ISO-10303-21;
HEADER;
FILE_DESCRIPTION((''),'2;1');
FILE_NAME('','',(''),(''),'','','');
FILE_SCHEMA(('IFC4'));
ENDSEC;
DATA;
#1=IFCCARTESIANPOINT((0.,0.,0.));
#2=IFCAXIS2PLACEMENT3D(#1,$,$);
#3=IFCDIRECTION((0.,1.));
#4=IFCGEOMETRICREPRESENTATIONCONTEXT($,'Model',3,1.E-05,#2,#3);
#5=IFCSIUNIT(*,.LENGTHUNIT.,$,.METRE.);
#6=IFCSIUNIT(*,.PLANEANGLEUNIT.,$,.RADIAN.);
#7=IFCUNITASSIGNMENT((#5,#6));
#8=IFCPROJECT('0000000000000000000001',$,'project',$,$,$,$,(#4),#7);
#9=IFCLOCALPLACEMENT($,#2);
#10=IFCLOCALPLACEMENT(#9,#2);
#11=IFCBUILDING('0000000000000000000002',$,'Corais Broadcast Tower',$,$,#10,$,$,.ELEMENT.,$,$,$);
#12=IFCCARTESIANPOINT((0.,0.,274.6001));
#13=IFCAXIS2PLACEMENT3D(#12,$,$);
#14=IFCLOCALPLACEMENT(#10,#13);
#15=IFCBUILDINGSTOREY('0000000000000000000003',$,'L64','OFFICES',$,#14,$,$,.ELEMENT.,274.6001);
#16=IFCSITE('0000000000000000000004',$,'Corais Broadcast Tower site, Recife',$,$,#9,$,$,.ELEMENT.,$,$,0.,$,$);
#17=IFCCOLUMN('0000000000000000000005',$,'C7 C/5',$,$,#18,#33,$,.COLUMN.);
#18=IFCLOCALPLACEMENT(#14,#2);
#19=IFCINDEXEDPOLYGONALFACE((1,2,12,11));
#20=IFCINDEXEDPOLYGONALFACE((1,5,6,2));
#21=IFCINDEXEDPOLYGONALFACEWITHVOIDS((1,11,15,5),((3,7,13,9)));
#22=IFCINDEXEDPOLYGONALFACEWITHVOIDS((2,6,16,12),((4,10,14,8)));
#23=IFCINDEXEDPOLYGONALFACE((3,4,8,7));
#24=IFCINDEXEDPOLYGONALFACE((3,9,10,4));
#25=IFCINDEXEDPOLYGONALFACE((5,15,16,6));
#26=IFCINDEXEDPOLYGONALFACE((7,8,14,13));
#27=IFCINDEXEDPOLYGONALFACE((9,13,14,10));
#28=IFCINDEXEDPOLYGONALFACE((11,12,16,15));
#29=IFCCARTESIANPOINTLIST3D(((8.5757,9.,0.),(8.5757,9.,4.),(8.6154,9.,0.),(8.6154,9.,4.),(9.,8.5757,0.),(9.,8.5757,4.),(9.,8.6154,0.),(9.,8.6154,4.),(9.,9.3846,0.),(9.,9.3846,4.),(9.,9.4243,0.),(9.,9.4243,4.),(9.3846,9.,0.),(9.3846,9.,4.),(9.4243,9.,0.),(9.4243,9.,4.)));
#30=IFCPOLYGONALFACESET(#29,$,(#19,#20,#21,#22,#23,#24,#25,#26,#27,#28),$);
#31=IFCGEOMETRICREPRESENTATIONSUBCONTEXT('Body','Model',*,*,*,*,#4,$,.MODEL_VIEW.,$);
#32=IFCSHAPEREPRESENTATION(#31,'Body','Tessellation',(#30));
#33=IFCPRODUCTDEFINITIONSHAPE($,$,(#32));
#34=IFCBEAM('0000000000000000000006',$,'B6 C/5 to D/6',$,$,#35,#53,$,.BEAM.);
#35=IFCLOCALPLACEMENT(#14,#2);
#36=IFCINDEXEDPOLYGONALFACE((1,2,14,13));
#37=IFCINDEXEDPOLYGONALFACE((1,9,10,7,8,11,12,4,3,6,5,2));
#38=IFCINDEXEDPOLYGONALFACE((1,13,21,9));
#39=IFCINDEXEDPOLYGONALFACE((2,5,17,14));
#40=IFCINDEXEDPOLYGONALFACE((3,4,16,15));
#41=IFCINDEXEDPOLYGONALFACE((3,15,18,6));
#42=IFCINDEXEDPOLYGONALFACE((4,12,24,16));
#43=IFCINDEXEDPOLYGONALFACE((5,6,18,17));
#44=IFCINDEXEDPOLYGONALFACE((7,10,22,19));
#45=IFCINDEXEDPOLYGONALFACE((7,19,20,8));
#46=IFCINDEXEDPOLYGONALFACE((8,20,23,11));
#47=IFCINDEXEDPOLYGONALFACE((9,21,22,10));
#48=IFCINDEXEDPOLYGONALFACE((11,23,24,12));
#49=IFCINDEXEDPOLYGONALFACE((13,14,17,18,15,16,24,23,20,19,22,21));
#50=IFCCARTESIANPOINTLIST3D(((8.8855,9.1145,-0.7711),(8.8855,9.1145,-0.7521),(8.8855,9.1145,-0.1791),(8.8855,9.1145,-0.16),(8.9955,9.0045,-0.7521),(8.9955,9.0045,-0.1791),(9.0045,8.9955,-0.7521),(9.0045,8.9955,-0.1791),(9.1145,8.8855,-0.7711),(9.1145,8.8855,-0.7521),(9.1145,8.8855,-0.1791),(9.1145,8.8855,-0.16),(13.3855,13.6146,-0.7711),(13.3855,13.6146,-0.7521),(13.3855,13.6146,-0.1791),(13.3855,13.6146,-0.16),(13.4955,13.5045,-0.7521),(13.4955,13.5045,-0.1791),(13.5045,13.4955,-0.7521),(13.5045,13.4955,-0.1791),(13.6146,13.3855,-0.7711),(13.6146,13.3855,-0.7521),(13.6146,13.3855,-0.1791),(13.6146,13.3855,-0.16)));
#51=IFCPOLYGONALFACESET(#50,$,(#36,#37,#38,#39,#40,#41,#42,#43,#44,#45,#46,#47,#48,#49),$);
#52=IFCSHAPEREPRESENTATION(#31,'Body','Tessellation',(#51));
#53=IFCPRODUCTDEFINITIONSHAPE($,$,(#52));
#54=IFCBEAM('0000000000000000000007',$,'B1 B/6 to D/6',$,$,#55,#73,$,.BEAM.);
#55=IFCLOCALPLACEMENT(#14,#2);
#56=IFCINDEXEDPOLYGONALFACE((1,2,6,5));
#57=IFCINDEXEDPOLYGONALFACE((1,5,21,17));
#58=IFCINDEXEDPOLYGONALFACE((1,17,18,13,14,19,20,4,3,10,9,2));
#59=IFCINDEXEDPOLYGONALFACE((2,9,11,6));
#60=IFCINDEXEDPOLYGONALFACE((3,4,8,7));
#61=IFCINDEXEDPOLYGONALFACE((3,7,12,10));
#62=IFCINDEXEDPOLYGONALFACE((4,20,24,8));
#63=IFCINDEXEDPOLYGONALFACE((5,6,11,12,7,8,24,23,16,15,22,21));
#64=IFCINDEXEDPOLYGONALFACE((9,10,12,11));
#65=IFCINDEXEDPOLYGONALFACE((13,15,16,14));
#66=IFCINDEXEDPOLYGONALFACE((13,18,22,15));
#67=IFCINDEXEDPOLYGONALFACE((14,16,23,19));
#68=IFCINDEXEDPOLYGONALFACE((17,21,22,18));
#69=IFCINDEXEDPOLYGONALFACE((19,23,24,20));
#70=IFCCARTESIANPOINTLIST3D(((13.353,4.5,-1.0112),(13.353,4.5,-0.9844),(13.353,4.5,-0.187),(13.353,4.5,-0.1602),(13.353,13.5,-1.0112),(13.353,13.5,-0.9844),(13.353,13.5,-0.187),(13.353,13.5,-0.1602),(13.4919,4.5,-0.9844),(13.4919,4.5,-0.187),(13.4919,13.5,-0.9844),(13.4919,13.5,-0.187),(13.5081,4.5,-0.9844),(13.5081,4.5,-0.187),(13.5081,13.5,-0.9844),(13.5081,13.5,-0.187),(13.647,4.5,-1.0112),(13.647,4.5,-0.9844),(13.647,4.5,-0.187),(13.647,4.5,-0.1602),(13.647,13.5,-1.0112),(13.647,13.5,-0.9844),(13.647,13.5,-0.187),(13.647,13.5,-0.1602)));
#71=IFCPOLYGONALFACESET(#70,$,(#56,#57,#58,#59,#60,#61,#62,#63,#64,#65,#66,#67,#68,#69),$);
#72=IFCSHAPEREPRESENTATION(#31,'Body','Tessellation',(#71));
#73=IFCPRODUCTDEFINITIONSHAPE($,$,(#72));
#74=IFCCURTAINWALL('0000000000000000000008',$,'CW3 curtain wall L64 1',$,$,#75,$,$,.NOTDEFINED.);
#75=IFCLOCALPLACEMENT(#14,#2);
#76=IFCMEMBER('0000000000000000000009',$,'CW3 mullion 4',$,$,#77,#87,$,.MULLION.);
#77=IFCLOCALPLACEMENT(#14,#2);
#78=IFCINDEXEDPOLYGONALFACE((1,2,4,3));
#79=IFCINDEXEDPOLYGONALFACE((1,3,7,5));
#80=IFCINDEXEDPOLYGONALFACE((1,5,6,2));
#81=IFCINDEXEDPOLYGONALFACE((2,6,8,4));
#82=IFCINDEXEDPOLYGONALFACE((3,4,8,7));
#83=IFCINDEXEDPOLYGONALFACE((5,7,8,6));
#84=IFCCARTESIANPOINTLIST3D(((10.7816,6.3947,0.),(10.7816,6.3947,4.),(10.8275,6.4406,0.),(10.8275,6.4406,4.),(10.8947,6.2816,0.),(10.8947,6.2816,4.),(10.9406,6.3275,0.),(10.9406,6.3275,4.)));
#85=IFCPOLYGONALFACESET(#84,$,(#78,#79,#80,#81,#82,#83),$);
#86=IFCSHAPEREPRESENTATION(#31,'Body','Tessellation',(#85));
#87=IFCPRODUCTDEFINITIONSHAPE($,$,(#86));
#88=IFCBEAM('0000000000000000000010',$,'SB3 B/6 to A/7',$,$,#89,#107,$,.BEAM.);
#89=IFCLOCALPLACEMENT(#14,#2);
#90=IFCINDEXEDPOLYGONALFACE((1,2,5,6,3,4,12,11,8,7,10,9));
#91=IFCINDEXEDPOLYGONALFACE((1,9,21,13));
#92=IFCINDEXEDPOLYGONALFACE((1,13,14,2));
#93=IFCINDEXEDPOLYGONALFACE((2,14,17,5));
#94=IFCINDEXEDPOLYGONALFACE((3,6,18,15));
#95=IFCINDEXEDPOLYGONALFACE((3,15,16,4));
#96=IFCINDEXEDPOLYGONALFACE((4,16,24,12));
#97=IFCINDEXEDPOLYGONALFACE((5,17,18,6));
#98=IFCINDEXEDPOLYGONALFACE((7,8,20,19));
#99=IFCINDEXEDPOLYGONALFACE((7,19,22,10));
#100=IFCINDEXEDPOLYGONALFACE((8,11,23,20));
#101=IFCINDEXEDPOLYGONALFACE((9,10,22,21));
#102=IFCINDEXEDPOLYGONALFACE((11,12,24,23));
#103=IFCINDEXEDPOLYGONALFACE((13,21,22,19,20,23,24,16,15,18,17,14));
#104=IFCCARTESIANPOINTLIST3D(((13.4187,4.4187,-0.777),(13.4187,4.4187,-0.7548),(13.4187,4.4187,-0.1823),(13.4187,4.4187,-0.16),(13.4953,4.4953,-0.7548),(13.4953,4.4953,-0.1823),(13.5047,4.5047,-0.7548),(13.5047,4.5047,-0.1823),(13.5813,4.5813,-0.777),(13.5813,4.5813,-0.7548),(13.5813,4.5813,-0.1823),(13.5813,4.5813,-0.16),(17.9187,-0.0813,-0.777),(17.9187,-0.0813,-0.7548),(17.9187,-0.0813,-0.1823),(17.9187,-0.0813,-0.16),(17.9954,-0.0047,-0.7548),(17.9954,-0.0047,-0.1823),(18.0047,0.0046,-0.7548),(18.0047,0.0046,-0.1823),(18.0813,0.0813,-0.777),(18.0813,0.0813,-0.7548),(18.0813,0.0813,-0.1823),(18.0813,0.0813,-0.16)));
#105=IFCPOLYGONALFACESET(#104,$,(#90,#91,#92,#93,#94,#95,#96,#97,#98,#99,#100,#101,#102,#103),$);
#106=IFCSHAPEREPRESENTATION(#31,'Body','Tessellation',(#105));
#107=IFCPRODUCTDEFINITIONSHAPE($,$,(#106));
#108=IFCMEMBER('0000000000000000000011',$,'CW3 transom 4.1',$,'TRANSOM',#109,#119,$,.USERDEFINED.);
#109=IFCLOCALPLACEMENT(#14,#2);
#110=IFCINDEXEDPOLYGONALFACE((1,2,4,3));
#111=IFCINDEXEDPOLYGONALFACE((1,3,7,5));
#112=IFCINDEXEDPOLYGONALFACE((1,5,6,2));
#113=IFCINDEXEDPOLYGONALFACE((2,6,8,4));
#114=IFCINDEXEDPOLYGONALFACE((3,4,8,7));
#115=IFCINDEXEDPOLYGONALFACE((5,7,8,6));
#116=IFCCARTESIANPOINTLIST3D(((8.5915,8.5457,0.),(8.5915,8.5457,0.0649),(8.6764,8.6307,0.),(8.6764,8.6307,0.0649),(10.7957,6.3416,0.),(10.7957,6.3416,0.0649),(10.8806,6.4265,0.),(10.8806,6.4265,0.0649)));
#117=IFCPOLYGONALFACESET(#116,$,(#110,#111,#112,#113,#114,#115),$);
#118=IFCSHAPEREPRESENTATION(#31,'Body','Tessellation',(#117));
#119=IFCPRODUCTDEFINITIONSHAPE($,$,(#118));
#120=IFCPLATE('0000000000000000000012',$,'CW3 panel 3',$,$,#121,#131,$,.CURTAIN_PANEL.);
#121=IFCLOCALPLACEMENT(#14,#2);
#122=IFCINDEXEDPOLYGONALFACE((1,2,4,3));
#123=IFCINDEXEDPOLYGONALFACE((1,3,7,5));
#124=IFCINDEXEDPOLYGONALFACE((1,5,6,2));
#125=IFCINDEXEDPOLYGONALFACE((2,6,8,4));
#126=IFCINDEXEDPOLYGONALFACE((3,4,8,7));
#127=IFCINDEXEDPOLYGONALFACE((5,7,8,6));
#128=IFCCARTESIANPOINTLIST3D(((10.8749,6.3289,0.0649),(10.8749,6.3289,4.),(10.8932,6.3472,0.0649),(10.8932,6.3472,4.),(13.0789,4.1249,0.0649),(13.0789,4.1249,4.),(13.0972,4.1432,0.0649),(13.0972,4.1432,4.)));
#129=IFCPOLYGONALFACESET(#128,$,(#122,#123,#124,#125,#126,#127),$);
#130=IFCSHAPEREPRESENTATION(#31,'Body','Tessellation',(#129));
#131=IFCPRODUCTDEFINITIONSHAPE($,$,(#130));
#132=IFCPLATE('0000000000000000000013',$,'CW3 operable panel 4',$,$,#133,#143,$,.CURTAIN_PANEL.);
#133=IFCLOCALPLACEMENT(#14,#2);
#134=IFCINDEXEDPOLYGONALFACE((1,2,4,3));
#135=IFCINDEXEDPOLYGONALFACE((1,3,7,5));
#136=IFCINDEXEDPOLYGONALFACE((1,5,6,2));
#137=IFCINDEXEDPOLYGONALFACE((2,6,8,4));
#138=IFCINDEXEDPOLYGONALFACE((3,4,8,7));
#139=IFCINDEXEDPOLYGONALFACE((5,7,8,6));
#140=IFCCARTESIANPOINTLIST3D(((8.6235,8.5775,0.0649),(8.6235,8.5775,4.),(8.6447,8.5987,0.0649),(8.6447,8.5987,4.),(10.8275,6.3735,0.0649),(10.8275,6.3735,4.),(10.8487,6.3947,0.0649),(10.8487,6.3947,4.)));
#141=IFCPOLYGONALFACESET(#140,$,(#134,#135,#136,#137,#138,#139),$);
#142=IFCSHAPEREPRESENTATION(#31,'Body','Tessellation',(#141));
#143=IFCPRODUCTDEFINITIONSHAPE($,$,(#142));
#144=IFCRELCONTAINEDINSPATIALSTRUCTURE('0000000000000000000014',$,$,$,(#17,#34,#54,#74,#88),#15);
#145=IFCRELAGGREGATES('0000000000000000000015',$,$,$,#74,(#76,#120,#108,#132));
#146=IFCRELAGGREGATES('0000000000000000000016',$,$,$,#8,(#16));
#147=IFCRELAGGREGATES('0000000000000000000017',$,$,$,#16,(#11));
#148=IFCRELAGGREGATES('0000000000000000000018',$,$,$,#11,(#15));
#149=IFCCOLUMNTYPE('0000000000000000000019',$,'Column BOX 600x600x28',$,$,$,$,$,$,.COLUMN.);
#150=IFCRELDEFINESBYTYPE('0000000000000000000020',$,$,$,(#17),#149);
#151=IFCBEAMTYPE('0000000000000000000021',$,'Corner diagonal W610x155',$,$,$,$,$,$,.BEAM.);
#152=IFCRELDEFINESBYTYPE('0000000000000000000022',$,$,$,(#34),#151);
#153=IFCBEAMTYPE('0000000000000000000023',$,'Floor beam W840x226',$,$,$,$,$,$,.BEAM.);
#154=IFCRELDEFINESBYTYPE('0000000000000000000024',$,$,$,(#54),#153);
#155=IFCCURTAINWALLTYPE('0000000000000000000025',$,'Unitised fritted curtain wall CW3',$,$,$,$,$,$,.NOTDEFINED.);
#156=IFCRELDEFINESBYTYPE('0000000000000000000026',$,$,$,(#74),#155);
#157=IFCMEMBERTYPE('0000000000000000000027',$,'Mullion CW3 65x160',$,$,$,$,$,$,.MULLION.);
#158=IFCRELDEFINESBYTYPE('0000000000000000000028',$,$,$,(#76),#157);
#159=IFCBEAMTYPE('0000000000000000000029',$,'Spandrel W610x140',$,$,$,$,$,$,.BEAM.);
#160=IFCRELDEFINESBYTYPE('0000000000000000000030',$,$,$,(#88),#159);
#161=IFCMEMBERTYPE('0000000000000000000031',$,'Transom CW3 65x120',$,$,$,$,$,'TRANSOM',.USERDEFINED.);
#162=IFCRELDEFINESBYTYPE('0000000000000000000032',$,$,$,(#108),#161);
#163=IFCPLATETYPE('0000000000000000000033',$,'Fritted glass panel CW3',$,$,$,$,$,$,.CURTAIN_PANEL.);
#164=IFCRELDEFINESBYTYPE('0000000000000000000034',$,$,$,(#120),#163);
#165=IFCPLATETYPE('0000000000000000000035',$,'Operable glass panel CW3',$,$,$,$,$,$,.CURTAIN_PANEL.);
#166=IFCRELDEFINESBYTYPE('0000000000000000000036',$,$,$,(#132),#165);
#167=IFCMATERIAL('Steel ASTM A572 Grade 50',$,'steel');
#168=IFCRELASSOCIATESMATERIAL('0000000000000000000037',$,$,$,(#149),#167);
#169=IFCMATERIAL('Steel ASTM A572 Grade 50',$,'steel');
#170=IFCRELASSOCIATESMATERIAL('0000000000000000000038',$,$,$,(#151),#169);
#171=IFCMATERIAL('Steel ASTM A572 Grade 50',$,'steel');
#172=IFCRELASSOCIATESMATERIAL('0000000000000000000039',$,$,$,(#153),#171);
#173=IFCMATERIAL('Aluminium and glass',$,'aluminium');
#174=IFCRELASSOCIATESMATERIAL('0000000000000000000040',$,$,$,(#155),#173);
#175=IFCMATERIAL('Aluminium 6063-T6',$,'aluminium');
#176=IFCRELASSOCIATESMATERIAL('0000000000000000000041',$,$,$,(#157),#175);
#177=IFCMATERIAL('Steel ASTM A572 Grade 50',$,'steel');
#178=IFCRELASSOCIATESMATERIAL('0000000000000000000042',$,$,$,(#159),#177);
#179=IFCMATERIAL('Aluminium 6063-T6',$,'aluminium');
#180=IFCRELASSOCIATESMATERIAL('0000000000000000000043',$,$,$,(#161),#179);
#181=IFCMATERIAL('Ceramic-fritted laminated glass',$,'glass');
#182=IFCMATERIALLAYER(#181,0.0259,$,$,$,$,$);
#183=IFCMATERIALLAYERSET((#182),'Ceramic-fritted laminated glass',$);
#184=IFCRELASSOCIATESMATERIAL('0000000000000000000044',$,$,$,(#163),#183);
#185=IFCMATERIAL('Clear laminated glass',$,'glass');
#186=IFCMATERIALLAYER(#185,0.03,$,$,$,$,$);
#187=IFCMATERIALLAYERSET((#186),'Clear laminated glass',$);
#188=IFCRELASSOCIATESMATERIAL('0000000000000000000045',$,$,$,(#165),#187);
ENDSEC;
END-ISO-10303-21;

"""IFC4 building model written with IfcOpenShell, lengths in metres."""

from ifc_helpers import new_model, si_unit, direction, frame, origin, origin_2d, place, context, subcontext, project, spatial, rectangle, hollow_rectangle, i_section, extrude, material, layer, layer_set, material_profile, profile_set, type_object, element, aggregate, save


model = new_model("IFC4")

# Units and contexts
model_context = context("Model", 3, precision=1e-05, world=origin(), true_north=direction((0.0, 1.0)))
body_context = subcontext(model_context, "Body", "Model", "MODEL_VIEW")
ifc_project = project(units=[si_unit("LENGTHUNIT", "METRE"), si_unit("PLANEANGLEUNIT", "RADIAN")], contexts=[model_context])

# Site, building, storey
site_placement = place(None, origin())
site = spatial("IfcSite", under=ifc_project, at=site_placement, Name="Corais Broadcast Tower site, Recife", CompositionType="ELEMENT", RefElevation=0.0)
building_placement = place(site_placement, origin())
building = spatial("IfcBuilding", under=site, at=building_placement, Name="Corais Broadcast Tower", CompositionType="ELEMENT")
storey_placement = place(building_placement, frame((0.0, 0.0, 274.6001)))
storey = spatial("IfcBuildingStorey", under=building, at=storey_placement, Name="L64", Description="OFFICES", CompositionType="ELEMENT", Elevation=274.6001)

# Column
ifc_material_1 = material(Name="Steel ASTM A572 Grade 50", Category="steel")
ifc_material_profile_1 = material_profile(ifc_material_1, hollow_rectangle(XDim=0.6001, YDim=0.6001, WallThickness=0.0281, at=origin_2d()), Name="BOX 600x600x28")
ifc_profile_set_1 = profile_set([ifc_material_profile_1], Name="Steel ASTM A572 Grade 50")
column_type = type_object("IfcColumnType", Name="Column BOX 600x600x28", PredefinedType="COLUMN", material=ifc_profile_set_1)
column_placement = place(storey_placement, frame((9.0, 9.0, 0.0), z_axis=(0.0, 0.0, 1.0), x_axis=(0.707107, 0.707107, 0.0)))
element("IfcColumn", 1, at=column_placement, inside=storey, type_object=column_type, Name="C7 C/5", PredefinedType="COLUMN", context=body_context, shape_type="SweptSolid", body=[
    extrude(hollow_rectangle(XDim=0.6001, YDim=0.6001, WallThickness=0.0281, at=origin_2d()), origin(), (0.0, 0.0, 1.0), 4.0),
])

# Beams
ifc_material_2 = material(Name="Steel ASTM A572 Grade 50", Category="steel")
ifc_material_profile_2 = material_profile(ifc_material_2, i_section(OverallWidth=0.324, OverallDepth=0.6111, WebThickness=0.0127, FlangeThickness=0.019, at=origin_2d()), Name="W610x155")
ifc_profile_set_2 = profile_set([ifc_material_profile_2], Name="Steel ASTM A572 Grade 50")
beam_type_1 = type_object("IfcBeamType", Name="Corner diagonal W610x155", PredefinedType="BEAM", material=ifc_profile_set_2)
beam_1_placement = place(storey_placement, frame((9.0, 9.0, -0.4656), z_axis=(0.707107, 0.707107, 0.0), x_axis=(-0.707107, 0.707107, 0.0)))
element("IfcBeam", 2, at=beam_1_placement, inside=storey, type_object=beam_type_1, Name="B6 C/5 to D/6", PredefinedType="BEAM", context=body_context, shape_type="SweptSolid", body=[
    extrude(i_section(OverallWidth=0.324, OverallDepth=0.6111, WebThickness=0.0127, FlangeThickness=0.019, at=origin_2d()), origin(), (0.0, 0.0, 1.0), 6.364),
])
ifc_material_3 = material(Name="Steel ASTM A572 Grade 50", Category="steel")
ifc_material_profile_3 = material_profile(ifc_material_3, i_section(OverallWidth=0.2939, OverallDepth=0.8511, WebThickness=0.0161, FlangeThickness=0.0269, at=origin_2d()), Name="W840x226")
ifc_profile_set_3 = profile_set([ifc_material_profile_3], Name="Steel ASTM A572 Grade 50")
beam_type_2 = type_object("IfcBeamType", Name="Floor beam W840x226", PredefinedType="BEAM", material=ifc_profile_set_3)
beam_2_placement = place(storey_placement, frame((13.5, 4.5, -0.5857), z_axis=(0.0, 1.0, 0.0), x_axis=(-1.0, 0.0, 0.0)))
element("IfcBeam", 3, at=beam_2_placement, inside=storey, type_object=beam_type_2, Name="B1 B/6 to D/6", PredefinedType="BEAM", context=body_context, shape_type="SweptSolid", body=[
    extrude(i_section(OverallWidth=0.2939, OverallDepth=0.8511, WebThickness=0.0161, FlangeThickness=0.0269, at=origin_2d()), origin(), (0.0, 0.0, 1.0), 9.0),
])

# Curtain wall, member
ifc_material_4 = material(Name="Aluminium and glass", Category="aluminium")
curtain_wall_type = type_object("IfcCurtainWallType", Name="Unitised fritted curtain wall CW3", PredefinedType="NOTDEFINED", material=ifc_material_4)
curtain_wall_placement = place(storey_placement, origin())
curtain_wall = element("IfcCurtainWall", 4, at=curtain_wall_placement, inside=storey, type_object=curtain_wall_type, Name="CW3 curtain wall L64 1", PredefinedType="NOTDEFINED")
ifc_material_5 = material(Name="Aluminium 6063-T6", Category="aluminium")
ifc_material_profile_4 = material_profile(ifc_material_5, rectangle(XDim=0.0649, YDim=0.1599, at=origin_2d()), Name="Mullion CW3 65x160")
ifc_profile_set_4 = profile_set([ifc_material_profile_4], Name="Aluminium 6063-T6")
member_type_1 = type_object("IfcMemberType", Name="Mullion CW3 65x160", PredefinedType="MULLION", material=ifc_profile_set_4)
member_1_placement = place(storey_placement, frame((10.8611, 6.3611, 0.0), z_axis=(0.0, 0.0, 1.0), x_axis=(-0.707107, -0.707107, 0.0)))
member_1 = element("IfcMember", 5, at=member_1_placement, type_object=member_type_1, Name="CW3 mullion 4", PredefinedType="MULLION", context=body_context, shape_type="SweptSolid", body=[
    extrude(rectangle(XDim=0.0649, YDim=0.1599, at=origin_2d()), origin(), (0.0, 0.0, 1.0), 4.0),
])

# Beam
ifc_material_6 = material(Name="Steel ASTM A572 Grade 50", Category="steel")
ifc_material_profile_5 = material_profile(ifc_material_6, i_section(OverallWidth=0.23, OverallDepth=0.6169, WebThickness=0.0132, FlangeThickness=0.0222, at=origin_2d()), Name="W610x140")
ifc_profile_set_5 = profile_set([ifc_material_profile_5], Name="Steel ASTM A572 Grade 50")
beam_type_3 = type_object("IfcBeamType", Name="Spandrel W610x140", PredefinedType="BEAM", material=ifc_profile_set_5)
beam_3_placement = place(storey_placement, frame((13.5, 4.5, -0.4685), z_axis=(0.707107, -0.707107, 0.0), x_axis=(0.707107, 0.707107, 0.0)))
element("IfcBeam", 6, at=beam_3_placement, inside=storey, type_object=beam_type_3, Name="SB3 B/6 to A/7", PredefinedType="BEAM", context=body_context, shape_type="SweptSolid", body=[
    extrude(i_section(OverallWidth=0.23, OverallDepth=0.6169, WebThickness=0.0132, FlangeThickness=0.0222, at=origin_2d()), origin(), (0.0, 0.0, 1.0), 6.364),
])

# Member
ifc_material_7 = material(Name="Aluminium 6063-T6", Category="aluminium")
ifc_material_profile_6 = material_profile(ifc_material_7, rectangle(XDim=0.1201, YDim=0.0649, at=origin_2d()), Name="Transom CW3 65x120")
ifc_profile_set_6 = profile_set([ifc_material_profile_6], Name="Aluminium 6063-T6")
member_type_2 = type_object("IfcMemberType", Name="Transom CW3 65x120", ElementType="TRANSOM", PredefinedType="USERDEFINED", material=ifc_profile_set_6)
member_2_placement = place(storey_placement, frame((10.8381, 6.384, 0.0325), z_axis=(-0.707107, 0.707107, 0.0), x_axis=(-0.707107, -0.707107, 0.0)))
member_2 = element("IfcMember", 7, at=member_2_placement, type_object=member_type_2, Name="CW3 transom 4.1", ObjectType="TRANSOM", PredefinedType="USERDEFINED", context=body_context, shape_type="SweptSolid", body=[
    extrude(rectangle(XDim=0.1201, YDim=0.0649, at=origin_2d()), origin(), (0.0, 0.0, 1.0), 3.1172),
])

# Plates
ifc_material_8 = material(Name="Ceramic-fritted laminated glass", Category="glass")
ifc_layer_1 = layer(ifc_material_8, 0.0259)
ifc_layer_set_1 = layer_set([ifc_layer_1], Name="Ceramic-fritted laminated glass")
plate_type_1 = type_object("IfcPlateType", Name="Fritted glass panel CW3", PredefinedType="CURTAIN_PANEL", material=ifc_layer_set_1)
plate_1_placement = place(storey_placement, frame((11.9861, 5.2361, 0.0649), z_axis=(0.0, 0.0, 1.0), x_axis=(-0.707107, 0.707107, 0.0)))
plate_1 = element("IfcPlate", 8, at=plate_1_placement, type_object=plate_type_1, Name="CW3 panel 3", PredefinedType="CURTAIN_PANEL", context=body_context, shape_type="SweptSolid", body=[
    extrude(rectangle(XDim=3.1169, YDim=0.0259, at=origin_2d()), origin(), (0.0, 0.0, 1.0), 3.9351),
])
ifc_material_9 = material(Name="Clear laminated glass", Category="glass")
ifc_layer_2 = layer(ifc_material_9, 0.03)
ifc_layer_set_2 = layer_set([ifc_layer_2], Name="Clear laminated glass")
plate_type_2 = type_object("IfcPlateType", Name="Operable glass panel CW3", PredefinedType="CURTAIN_PANEL", material=ifc_layer_set_2)
plate_2_placement = place(storey_placement, frame((9.7361, 7.4861, 0.0649), z_axis=(0.0, 0.0, 1.0), x_axis=(-0.707107, 0.707107, 0.0)))
plate_2 = element("IfcPlate", 9, at=plate_2_placement, type_object=plate_type_2, Name="CW3 operable panel 4", PredefinedType="CURTAIN_PANEL", context=body_context, shape_type="SweptSolid", body=[
    extrude(rectangle(XDim=3.1169, YDim=0.03, at=origin_2d()), origin(), (0.0, 0.0, 1.0), 3.9351),
])
aggregate(curtain_wall, [member_1, plate_1, member_2, plate_2])

save(model, "model.ifc")
